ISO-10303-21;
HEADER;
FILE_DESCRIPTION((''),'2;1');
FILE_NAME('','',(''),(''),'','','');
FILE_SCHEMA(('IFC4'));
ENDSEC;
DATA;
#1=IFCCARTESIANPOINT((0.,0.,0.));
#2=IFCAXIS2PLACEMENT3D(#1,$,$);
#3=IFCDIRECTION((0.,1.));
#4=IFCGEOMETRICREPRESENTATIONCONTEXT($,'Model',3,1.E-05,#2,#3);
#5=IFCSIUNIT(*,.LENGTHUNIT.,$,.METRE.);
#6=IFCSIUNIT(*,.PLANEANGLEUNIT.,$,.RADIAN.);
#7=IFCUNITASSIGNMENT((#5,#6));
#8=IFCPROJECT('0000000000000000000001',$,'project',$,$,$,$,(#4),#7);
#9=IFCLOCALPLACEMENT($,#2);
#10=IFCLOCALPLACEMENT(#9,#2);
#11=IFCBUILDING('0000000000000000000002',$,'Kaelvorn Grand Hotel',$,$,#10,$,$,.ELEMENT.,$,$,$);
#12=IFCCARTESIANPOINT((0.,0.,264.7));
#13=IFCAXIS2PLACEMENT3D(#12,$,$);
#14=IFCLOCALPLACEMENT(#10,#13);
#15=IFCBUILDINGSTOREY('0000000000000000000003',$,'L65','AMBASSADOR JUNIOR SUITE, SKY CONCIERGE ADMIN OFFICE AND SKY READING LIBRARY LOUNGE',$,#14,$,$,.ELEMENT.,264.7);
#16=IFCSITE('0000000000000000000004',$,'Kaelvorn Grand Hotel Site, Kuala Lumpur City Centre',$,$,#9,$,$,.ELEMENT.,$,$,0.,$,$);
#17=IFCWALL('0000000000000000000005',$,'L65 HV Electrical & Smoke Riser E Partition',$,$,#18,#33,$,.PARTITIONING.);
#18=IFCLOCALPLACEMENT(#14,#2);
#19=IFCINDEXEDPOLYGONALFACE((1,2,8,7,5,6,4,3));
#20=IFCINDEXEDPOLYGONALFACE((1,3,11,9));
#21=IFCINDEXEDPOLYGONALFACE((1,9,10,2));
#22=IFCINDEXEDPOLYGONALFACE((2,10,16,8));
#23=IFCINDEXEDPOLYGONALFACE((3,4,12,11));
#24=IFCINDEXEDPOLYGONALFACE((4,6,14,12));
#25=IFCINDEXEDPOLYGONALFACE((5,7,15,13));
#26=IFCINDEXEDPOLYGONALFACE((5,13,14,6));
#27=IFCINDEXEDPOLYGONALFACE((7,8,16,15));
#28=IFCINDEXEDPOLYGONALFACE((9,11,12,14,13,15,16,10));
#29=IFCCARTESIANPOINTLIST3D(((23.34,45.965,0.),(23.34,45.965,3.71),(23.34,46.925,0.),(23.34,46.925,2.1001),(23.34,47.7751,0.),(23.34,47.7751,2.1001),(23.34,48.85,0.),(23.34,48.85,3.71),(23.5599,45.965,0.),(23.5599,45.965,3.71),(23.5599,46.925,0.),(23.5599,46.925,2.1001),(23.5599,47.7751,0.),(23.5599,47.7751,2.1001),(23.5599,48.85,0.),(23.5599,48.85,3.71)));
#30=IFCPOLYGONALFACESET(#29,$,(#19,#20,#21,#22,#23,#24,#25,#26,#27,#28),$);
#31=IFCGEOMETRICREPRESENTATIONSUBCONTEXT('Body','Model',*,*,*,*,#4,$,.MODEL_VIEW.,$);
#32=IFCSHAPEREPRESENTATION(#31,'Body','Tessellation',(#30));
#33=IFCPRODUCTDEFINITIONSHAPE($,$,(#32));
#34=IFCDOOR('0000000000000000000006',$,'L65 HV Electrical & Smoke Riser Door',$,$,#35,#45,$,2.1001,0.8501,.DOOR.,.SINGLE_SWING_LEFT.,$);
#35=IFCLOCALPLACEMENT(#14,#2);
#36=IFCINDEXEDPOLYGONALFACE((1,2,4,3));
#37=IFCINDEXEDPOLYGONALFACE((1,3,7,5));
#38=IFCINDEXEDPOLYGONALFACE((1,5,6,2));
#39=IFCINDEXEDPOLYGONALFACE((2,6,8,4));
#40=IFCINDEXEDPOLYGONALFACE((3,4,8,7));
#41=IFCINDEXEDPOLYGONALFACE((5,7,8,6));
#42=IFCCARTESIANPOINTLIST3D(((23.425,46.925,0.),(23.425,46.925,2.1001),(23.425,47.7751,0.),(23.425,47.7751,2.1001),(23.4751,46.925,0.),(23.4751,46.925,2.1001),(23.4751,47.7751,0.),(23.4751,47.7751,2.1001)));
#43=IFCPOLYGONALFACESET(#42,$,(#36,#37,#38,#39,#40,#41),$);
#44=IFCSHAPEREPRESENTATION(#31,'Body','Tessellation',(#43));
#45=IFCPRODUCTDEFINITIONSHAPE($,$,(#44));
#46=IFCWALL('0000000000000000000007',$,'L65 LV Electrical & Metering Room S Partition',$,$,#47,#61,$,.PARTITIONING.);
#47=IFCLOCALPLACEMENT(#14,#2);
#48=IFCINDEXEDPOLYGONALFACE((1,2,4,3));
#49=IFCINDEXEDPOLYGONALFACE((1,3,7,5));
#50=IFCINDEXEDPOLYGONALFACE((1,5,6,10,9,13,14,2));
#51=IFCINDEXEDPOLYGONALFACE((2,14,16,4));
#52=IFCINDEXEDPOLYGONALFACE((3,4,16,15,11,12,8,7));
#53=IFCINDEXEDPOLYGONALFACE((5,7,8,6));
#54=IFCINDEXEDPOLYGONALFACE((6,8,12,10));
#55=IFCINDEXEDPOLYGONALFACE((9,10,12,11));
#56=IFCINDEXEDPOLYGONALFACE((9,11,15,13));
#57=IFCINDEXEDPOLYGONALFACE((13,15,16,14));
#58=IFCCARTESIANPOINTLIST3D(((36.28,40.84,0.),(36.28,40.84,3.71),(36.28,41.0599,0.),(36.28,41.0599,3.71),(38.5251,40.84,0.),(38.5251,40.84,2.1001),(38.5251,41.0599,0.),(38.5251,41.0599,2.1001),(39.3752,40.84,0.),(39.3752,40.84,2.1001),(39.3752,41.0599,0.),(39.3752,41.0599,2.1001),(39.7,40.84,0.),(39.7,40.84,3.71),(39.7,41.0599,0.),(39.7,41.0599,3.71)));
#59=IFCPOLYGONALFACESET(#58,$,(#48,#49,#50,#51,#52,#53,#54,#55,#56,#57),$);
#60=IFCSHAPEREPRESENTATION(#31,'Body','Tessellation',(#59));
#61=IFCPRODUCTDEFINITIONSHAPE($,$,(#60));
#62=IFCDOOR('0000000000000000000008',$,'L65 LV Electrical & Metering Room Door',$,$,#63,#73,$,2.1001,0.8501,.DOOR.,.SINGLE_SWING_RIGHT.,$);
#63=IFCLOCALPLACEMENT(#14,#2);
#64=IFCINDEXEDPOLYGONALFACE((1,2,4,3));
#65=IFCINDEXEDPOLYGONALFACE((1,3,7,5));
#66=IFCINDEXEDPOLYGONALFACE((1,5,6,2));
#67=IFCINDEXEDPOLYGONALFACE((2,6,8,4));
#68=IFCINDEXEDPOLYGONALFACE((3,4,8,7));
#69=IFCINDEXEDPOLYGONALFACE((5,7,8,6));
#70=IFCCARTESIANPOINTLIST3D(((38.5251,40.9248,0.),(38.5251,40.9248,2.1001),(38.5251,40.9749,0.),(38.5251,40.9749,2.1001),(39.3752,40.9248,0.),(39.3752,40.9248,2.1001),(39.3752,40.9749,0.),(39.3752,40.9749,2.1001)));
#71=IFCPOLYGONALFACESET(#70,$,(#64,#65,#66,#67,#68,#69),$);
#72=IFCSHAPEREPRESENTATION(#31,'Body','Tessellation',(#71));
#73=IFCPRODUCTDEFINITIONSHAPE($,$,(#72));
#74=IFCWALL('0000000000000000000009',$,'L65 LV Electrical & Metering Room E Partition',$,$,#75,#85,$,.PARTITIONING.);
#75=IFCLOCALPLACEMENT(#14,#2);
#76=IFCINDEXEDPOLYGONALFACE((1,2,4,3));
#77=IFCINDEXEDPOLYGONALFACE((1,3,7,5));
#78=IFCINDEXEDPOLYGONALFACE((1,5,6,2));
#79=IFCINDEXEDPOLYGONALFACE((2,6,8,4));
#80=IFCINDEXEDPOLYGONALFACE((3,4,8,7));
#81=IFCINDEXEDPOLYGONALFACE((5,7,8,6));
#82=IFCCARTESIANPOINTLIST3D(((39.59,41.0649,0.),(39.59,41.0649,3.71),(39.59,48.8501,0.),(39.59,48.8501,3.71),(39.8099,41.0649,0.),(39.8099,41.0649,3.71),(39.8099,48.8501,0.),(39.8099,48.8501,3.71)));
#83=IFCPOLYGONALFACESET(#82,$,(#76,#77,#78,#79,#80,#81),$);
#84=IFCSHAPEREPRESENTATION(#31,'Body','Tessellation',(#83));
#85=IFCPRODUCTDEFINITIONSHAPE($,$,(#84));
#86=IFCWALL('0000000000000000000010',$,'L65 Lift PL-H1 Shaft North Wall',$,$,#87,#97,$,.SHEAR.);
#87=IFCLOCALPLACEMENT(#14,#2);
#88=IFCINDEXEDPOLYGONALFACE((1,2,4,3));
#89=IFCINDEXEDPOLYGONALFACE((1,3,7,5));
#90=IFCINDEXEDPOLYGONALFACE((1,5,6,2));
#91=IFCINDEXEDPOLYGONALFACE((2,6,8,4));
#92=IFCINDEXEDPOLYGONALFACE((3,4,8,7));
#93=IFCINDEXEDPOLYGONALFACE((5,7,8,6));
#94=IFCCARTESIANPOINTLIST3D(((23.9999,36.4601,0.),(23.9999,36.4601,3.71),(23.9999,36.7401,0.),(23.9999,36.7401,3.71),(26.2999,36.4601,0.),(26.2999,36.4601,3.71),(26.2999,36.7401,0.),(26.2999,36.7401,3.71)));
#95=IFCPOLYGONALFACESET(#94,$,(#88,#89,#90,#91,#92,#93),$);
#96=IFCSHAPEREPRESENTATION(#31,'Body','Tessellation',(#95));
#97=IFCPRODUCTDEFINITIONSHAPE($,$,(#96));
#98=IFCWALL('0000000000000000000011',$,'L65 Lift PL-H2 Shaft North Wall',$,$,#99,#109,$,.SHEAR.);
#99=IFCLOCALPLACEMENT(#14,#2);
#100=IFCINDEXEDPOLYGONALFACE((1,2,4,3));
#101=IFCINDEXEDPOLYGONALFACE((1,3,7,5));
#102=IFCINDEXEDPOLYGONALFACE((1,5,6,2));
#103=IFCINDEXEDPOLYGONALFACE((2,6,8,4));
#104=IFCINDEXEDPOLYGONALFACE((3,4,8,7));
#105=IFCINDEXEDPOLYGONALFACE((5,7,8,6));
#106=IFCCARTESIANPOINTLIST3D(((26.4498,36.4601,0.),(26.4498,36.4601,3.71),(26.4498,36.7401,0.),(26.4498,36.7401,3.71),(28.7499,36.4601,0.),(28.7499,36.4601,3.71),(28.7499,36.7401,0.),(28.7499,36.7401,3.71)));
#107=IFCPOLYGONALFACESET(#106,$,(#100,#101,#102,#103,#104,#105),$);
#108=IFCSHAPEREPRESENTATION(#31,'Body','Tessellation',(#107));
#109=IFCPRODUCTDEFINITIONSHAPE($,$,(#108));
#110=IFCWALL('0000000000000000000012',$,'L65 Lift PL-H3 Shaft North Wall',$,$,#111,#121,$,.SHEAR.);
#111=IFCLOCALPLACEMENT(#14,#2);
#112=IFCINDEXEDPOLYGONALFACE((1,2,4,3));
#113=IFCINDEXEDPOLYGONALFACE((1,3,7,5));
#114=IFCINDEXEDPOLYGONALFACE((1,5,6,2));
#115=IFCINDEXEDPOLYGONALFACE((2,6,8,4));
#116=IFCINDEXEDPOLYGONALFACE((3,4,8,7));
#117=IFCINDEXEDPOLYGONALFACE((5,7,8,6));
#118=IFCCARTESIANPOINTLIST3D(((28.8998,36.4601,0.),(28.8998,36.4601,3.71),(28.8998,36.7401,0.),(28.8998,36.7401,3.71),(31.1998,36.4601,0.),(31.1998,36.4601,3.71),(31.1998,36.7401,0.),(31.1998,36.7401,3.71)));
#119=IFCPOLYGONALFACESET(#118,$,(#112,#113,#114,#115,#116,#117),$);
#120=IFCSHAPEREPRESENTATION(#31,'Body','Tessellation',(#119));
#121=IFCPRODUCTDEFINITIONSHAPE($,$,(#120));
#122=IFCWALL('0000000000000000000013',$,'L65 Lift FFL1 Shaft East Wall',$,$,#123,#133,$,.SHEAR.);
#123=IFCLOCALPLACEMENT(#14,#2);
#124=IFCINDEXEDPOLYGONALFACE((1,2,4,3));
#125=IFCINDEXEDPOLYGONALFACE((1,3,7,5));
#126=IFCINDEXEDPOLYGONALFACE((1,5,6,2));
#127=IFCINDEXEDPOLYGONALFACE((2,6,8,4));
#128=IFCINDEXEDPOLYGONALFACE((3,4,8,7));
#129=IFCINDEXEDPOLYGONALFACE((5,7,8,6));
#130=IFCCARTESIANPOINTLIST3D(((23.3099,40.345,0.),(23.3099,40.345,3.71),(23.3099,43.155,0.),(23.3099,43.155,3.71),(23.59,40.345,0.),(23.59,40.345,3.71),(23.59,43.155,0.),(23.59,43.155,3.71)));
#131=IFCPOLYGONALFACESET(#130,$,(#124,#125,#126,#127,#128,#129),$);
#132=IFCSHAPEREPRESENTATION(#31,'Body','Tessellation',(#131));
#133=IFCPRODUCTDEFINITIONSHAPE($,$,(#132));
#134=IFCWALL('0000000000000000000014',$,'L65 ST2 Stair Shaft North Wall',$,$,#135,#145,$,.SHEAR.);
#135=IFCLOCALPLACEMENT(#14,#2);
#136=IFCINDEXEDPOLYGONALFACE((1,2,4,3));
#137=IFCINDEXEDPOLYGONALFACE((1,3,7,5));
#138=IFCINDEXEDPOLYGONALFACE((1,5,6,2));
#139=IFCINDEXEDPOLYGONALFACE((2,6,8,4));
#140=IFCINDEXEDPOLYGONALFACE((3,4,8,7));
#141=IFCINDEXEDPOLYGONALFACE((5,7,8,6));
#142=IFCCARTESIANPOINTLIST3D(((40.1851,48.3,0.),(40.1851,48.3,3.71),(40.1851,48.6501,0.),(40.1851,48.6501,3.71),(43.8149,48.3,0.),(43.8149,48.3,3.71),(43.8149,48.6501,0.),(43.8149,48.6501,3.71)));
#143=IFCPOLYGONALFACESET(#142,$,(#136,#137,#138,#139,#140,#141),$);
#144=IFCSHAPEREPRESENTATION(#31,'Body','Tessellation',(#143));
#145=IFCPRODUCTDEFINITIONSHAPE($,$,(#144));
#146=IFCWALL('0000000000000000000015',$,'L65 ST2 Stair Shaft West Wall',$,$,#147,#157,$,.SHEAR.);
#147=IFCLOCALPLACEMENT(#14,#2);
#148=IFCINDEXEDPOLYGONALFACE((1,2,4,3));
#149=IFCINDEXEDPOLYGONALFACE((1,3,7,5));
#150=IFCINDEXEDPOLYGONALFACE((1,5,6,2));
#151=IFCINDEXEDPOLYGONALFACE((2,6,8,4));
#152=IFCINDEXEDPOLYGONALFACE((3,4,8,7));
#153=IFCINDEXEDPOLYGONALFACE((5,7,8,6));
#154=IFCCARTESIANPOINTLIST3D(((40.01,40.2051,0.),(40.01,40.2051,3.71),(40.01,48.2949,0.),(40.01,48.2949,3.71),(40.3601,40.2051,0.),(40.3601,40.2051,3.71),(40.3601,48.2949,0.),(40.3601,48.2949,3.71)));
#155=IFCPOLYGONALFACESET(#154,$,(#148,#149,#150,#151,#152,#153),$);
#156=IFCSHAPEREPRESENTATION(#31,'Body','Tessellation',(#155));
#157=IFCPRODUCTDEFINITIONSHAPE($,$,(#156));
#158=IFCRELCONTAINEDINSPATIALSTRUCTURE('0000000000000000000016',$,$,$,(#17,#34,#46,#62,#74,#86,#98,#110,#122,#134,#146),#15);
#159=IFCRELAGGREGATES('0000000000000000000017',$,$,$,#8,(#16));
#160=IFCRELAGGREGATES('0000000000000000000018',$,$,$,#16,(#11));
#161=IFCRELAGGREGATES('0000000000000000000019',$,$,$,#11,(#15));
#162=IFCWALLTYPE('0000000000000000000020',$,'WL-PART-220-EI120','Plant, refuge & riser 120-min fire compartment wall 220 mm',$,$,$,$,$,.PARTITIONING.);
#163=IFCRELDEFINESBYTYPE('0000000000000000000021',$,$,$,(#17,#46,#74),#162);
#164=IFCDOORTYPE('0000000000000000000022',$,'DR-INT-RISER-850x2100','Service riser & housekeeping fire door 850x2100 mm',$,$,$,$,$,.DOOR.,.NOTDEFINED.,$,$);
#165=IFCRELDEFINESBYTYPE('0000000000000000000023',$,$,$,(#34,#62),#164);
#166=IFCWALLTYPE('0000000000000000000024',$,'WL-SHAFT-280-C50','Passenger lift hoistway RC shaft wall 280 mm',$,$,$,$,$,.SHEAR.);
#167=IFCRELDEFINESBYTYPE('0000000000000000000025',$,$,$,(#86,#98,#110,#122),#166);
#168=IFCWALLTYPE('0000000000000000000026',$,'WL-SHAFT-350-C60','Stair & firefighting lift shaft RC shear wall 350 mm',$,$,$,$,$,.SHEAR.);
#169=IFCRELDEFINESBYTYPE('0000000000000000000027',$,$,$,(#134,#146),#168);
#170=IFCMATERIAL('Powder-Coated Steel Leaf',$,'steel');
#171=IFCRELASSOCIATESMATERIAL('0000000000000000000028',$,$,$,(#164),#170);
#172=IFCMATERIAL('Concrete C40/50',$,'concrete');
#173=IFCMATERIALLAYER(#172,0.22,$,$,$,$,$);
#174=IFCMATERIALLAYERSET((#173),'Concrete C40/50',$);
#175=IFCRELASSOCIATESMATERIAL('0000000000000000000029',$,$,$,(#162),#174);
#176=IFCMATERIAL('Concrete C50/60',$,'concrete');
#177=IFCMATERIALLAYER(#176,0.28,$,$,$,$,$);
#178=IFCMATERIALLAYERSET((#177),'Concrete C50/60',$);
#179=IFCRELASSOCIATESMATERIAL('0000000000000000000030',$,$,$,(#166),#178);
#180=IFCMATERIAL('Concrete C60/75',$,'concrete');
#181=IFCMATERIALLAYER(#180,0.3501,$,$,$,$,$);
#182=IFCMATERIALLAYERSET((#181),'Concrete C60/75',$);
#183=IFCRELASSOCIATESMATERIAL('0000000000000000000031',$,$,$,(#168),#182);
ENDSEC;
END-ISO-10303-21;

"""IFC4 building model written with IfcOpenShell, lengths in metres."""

from ifc_helpers import new_model, si_unit, direction, frame, frame_2d, origin, place, context, subcontext, project, spatial, rectangle, extrude, material, layer, layer_set, type_object, element, fill, save


model = new_model("IFC4")

# Units and contexts
model_context = context("Model", 3, precision=1e-05, world=origin(), true_north=direction((0.0, 1.0)))
body_context = subcontext(model_context, "Body", "Model", "MODEL_VIEW")
ifc_project = project(units=[si_unit("LENGTHUNIT", "METRE"), si_unit("PLANEANGLEUNIT", "RADIAN")], contexts=[model_context])

# Site, building, storey
site_placement = place(None, origin())
site = spatial("IfcSite", under=ifc_project, at=site_placement, Name="Kaelvorn Grand Hotel Site, Kuala Lumpur City Centre", CompositionType="ELEMENT", RefElevation=0.0)
building_placement = place(site_placement, origin())
building = spatial("IfcBuilding", under=site, at=building_placement, Name="Kaelvorn Grand Hotel", CompositionType="ELEMENT")
storey_placement = place(building_placement, frame((0.0, 0.0, 264.7)))
storey = spatial("IfcBuildingStorey", under=building, at=storey_placement, Name="L65", Description="AMBASSADOR JUNIOR SUITE, SKY CONCIERGE ADMIN OFFICE AND SKY READING LIBRARY LOUNGE", CompositionType="ELEMENT", Elevation=264.7)

# Shared definitions
ifc_material_1 = material(Name="Concrete C50/60", Category="concrete")

# Shared definitions
ifc_material_2 = material(Name="Powder-Coated Steel Leaf", Category="steel")
door_type_1 = type_object("IfcDoorType", Name="DR-INT-RISER-850x2100", Description="Service riser & housekeeping fire door 850x2100 mm", OperationType="NOTDEFINED", PredefinedType="DOOR", material=ifc_material_2)

# Walls, openings, doors
ifc_material_3 = material(Name="Concrete C40/50", Category="concrete")
ifc_layer_1 = layer(ifc_material_3, 0.22)
ifc_layer_set_1 = layer_set([ifc_layer_1], Name="Concrete C40/50")
wall_type_1 = type_object("IfcWallType", Name="WL-PART-220-EI120", Description="Plant, refuge & riser 120-min fire compartment wall 220 mm", PredefinedType="PARTITIONING", material=ifc_layer_set_1)
wall_1_placement = place(storey_placement, frame((23.45, 45.9651, 0.0), z_axis=(0.0, 0.0, 1.0), x_axis=(0.0, 1.0, 0.0)))
wall_1 = element("IfcWall", 1, at=wall_1_placement, inside=storey, type_object=wall_type_1, Name="L65 HV Electrical & Smoke Riser E Partition", PredefinedType="PARTITIONING", context=body_context, shape_type="SweptSolid", body=[
    extrude(rectangle(XDim=2.885, YDim=0.22, at=frame_2d((1.4424, 0.0))), origin(), (0.0, 0.0, 1.0), 3.71),
])
opening_1_placement = place(wall_1_placement, frame((0.96, 0.0, 0.0)))
opening_1 = element("IfcOpeningElement", 2, at=opening_1_placement, cuts=wall_1, PredefinedType="OPENING", context=body_context, shape_type="SweptSolid", body=[
    extrude(rectangle(XDim=0.8501, YDim=2.1001, at=frame_2d((0.425, 1.05))), frame((0.0, 0.1201, 0.0), z_axis=(0.0, -1.0, 0.0), x_axis=(1.0, 0.0, 0.0)), (0.0, 0.0, 1.0), 0.24),
])
door_1_placement = place(opening_1_placement, origin())
door_1 = element("IfcDoor", 3, at=door_1_placement, inside=storey, type_object=door_type_1, Name="L65 HV Electrical & Smoke Riser Door", OperationType="SINGLE_SWING_LEFT", OverallHeight=2.1001, OverallWidth=0.8501, PredefinedType="DOOR", context=body_context, shape_type="SweptSolid", body=[
    extrude(rectangle(XDim=0.8501, YDim=2.1001, at=frame_2d((0.425, 1.05))), frame((0.0, 0.0249, 0.0), z_axis=(0.0, -1.0, 0.0), x_axis=(1.0, 0.0, 0.0)), (0.0, 0.0, 1.0), 0.05),
])
fill(opening_1, door_1)
wall_2_placement = place(storey_placement, frame((36.28, 40.95, 0.0), z_axis=(0.0, 0.0, 1.0), x_axis=(1.0, 0.0, 0.0)))
wall_2 = element("IfcWall", 4, at=wall_2_placement, inside=storey, type_object=wall_type_1, Name="L65 LV Electrical & Metering Room S Partition", PredefinedType="PARTITIONING", context=body_context, shape_type="SweptSolid", body=[
    extrude(rectangle(XDim=3.4199, YDim=0.22, at=frame_2d((1.71, 0.0))), origin(), (0.0, 0.0, 1.0), 3.71),
])
opening_2_placement = place(wall_2_placement, frame((2.2451, 0.0, 0.0)))
opening_2 = element("IfcOpeningElement", 5, at=opening_2_placement, cuts=wall_2, PredefinedType="OPENING", context=body_context, shape_type="SweptSolid", body=[
    extrude(rectangle(XDim=0.8501, YDim=2.1001, at=frame_2d((0.425, 1.05))), frame((0.0, 0.1201, 0.0), z_axis=(0.0, -1.0, 0.0), x_axis=(1.0, 0.0, 0.0)), (0.0, 0.0, 1.0), 0.24),
])
door_2_placement = place(opening_2_placement, origin())
door_2 = element("IfcDoor", 6, at=door_2_placement, inside=storey, type_object=door_type_1, Name="L65 LV Electrical & Metering Room Door", OperationType="SINGLE_SWING_RIGHT", OverallHeight=2.1001, OverallWidth=0.8501, PredefinedType="DOOR", context=body_context, shape_type="SweptSolid", body=[
    extrude(rectangle(XDim=0.8501, YDim=2.1001, at=frame_2d((0.425, 1.05))), frame((0.0, 0.0249, 0.0), z_axis=(0.0, -1.0, 0.0), x_axis=(1.0, 0.0, 0.0)), (0.0, 0.0, 1.0), 0.05),
])
fill(opening_2, door_2)

# Walls
wall_3_placement = place(storey_placement, frame((39.7, 41.0649, 0.0), z_axis=(0.0, 0.0, 1.0), x_axis=(0.0, 1.0, 0.0)))
element("IfcWall", 7, at=wall_3_placement, inside=storey, type_object=wall_type_1, Name="L65 LV Electrical & Metering Room E Partition", PredefinedType="PARTITIONING", context=body_context, shape_type="SweptSolid", body=[
    extrude(rectangle(XDim=7.7852, YDim=0.22, at=frame_2d((3.8926, 0.0))), origin(), (0.0, 0.0, 1.0), 3.71),
])
ifc_layer_2 = layer(ifc_material_1, 0.28)
ifc_layer_set_2 = layer_set([ifc_layer_2], Name="Concrete C50/60")
wall_type_2 = type_object("IfcWallType", Name="WL-SHAFT-280-C50", Description="Passenger lift hoistway RC shaft wall 280 mm", PredefinedType="SHEAR", material=ifc_layer_set_2)
for number, where, z_axis, x_axis, name in (
    (8, (24.0, 36.6001, 0.0), (0.0, 0.0, 1.0), (1.0, 0.0, 0.0), "L65 Lift PL-H1 Shaft North Wall"),
    (9, (26.45, 36.6001, 0.0), (0.0, 0.0, 1.0), (1.0, 0.0, 0.0), "L65 Lift PL-H2 Shaft North Wall"),
    (10, (28.8999, 36.6001, 0.0), (0.0, 0.0, 1.0), (1.0, 0.0, 0.0), "L65 Lift PL-H3 Shaft North Wall"),
):
    element("IfcWall", number, at=place(storey_placement, frame(where, z_axis=z_axis, x_axis=x_axis)), inside=storey, type_object=wall_type_2, Name=name, PredefinedType="SHEAR", context=body_context, shape_type="SweptSolid", body=[
        extrude(rectangle(XDim=2.3, YDim=0.28, at=frame_2d((1.1499, 0.0))), origin(), (0.0, 0.0, 1.0), 3.71),
    ])
wall_4_placement = place(storey_placement, frame((23.45, 40.345, 0.0), z_axis=(0.0, 0.0, 1.0), x_axis=(0.0, 1.0, 0.0)))
element("IfcWall", 11, at=wall_4_placement, inside=storey, type_object=wall_type_2, Name="L65 Lift FFL1 Shaft East Wall", PredefinedType="SHEAR", context=body_context, shape_type="SweptSolid", body=[
    extrude(rectangle(XDim=2.8101, YDim=0.28, at=frame_2d((1.405, 0.0))), origin(), (0.0, 0.0, 1.0), 3.71),
])

# Shared definitions
ifc_material_4 = material(Name="Concrete C60/75", Category="concrete")
ifc_layer_3 = layer(ifc_material_4, 0.3501)
ifc_layer_set_3 = layer_set([ifc_layer_3], Name="Concrete C60/75")
wall_type_3 = type_object("IfcWallType", Name="WL-SHAFT-350-C60", Description="Stair & firefighting lift shaft RC shear wall 350 mm", PredefinedType="SHEAR", material=ifc_layer_set_3)

# Walls
wall_5_placement = place(storey_placement, frame((40.1851, 48.4751, 0.0), z_axis=(0.0, 0.0, 1.0), x_axis=(1.0, 0.0, 0.0)))
element("IfcWall", 12, at=wall_5_placement, inside=storey, type_object=wall_type_3, Name="L65 ST2 Stair Shaft North Wall", PredefinedType="SHEAR", context=body_context, shape_type="SweptSolid", body=[
    extrude(rectangle(XDim=3.6299, YDim=0.3501, at=frame_2d((1.8149, 0.0))), origin(), (0.0, 0.0, 1.0), 3.71),
])
wall_6_placement = place(storey_placement, frame((40.1851, 40.2051, 0.0), z_axis=(0.0, 0.0, 1.0), x_axis=(0.0, 1.0, 0.0)))
element("IfcWall", 13, at=wall_6_placement, inside=storey, type_object=wall_type_3, Name="L65 ST2 Stair Shaft West Wall", PredefinedType="SHEAR", context=body_context, shape_type="SweptSolid", body=[
    extrude(rectangle(XDim=8.0898, YDim=0.3501, at=frame_2d((4.0449, 0.0))), origin(), (0.0, 0.0, 1.0), 3.71),
])

save(model, "model.ifc")
